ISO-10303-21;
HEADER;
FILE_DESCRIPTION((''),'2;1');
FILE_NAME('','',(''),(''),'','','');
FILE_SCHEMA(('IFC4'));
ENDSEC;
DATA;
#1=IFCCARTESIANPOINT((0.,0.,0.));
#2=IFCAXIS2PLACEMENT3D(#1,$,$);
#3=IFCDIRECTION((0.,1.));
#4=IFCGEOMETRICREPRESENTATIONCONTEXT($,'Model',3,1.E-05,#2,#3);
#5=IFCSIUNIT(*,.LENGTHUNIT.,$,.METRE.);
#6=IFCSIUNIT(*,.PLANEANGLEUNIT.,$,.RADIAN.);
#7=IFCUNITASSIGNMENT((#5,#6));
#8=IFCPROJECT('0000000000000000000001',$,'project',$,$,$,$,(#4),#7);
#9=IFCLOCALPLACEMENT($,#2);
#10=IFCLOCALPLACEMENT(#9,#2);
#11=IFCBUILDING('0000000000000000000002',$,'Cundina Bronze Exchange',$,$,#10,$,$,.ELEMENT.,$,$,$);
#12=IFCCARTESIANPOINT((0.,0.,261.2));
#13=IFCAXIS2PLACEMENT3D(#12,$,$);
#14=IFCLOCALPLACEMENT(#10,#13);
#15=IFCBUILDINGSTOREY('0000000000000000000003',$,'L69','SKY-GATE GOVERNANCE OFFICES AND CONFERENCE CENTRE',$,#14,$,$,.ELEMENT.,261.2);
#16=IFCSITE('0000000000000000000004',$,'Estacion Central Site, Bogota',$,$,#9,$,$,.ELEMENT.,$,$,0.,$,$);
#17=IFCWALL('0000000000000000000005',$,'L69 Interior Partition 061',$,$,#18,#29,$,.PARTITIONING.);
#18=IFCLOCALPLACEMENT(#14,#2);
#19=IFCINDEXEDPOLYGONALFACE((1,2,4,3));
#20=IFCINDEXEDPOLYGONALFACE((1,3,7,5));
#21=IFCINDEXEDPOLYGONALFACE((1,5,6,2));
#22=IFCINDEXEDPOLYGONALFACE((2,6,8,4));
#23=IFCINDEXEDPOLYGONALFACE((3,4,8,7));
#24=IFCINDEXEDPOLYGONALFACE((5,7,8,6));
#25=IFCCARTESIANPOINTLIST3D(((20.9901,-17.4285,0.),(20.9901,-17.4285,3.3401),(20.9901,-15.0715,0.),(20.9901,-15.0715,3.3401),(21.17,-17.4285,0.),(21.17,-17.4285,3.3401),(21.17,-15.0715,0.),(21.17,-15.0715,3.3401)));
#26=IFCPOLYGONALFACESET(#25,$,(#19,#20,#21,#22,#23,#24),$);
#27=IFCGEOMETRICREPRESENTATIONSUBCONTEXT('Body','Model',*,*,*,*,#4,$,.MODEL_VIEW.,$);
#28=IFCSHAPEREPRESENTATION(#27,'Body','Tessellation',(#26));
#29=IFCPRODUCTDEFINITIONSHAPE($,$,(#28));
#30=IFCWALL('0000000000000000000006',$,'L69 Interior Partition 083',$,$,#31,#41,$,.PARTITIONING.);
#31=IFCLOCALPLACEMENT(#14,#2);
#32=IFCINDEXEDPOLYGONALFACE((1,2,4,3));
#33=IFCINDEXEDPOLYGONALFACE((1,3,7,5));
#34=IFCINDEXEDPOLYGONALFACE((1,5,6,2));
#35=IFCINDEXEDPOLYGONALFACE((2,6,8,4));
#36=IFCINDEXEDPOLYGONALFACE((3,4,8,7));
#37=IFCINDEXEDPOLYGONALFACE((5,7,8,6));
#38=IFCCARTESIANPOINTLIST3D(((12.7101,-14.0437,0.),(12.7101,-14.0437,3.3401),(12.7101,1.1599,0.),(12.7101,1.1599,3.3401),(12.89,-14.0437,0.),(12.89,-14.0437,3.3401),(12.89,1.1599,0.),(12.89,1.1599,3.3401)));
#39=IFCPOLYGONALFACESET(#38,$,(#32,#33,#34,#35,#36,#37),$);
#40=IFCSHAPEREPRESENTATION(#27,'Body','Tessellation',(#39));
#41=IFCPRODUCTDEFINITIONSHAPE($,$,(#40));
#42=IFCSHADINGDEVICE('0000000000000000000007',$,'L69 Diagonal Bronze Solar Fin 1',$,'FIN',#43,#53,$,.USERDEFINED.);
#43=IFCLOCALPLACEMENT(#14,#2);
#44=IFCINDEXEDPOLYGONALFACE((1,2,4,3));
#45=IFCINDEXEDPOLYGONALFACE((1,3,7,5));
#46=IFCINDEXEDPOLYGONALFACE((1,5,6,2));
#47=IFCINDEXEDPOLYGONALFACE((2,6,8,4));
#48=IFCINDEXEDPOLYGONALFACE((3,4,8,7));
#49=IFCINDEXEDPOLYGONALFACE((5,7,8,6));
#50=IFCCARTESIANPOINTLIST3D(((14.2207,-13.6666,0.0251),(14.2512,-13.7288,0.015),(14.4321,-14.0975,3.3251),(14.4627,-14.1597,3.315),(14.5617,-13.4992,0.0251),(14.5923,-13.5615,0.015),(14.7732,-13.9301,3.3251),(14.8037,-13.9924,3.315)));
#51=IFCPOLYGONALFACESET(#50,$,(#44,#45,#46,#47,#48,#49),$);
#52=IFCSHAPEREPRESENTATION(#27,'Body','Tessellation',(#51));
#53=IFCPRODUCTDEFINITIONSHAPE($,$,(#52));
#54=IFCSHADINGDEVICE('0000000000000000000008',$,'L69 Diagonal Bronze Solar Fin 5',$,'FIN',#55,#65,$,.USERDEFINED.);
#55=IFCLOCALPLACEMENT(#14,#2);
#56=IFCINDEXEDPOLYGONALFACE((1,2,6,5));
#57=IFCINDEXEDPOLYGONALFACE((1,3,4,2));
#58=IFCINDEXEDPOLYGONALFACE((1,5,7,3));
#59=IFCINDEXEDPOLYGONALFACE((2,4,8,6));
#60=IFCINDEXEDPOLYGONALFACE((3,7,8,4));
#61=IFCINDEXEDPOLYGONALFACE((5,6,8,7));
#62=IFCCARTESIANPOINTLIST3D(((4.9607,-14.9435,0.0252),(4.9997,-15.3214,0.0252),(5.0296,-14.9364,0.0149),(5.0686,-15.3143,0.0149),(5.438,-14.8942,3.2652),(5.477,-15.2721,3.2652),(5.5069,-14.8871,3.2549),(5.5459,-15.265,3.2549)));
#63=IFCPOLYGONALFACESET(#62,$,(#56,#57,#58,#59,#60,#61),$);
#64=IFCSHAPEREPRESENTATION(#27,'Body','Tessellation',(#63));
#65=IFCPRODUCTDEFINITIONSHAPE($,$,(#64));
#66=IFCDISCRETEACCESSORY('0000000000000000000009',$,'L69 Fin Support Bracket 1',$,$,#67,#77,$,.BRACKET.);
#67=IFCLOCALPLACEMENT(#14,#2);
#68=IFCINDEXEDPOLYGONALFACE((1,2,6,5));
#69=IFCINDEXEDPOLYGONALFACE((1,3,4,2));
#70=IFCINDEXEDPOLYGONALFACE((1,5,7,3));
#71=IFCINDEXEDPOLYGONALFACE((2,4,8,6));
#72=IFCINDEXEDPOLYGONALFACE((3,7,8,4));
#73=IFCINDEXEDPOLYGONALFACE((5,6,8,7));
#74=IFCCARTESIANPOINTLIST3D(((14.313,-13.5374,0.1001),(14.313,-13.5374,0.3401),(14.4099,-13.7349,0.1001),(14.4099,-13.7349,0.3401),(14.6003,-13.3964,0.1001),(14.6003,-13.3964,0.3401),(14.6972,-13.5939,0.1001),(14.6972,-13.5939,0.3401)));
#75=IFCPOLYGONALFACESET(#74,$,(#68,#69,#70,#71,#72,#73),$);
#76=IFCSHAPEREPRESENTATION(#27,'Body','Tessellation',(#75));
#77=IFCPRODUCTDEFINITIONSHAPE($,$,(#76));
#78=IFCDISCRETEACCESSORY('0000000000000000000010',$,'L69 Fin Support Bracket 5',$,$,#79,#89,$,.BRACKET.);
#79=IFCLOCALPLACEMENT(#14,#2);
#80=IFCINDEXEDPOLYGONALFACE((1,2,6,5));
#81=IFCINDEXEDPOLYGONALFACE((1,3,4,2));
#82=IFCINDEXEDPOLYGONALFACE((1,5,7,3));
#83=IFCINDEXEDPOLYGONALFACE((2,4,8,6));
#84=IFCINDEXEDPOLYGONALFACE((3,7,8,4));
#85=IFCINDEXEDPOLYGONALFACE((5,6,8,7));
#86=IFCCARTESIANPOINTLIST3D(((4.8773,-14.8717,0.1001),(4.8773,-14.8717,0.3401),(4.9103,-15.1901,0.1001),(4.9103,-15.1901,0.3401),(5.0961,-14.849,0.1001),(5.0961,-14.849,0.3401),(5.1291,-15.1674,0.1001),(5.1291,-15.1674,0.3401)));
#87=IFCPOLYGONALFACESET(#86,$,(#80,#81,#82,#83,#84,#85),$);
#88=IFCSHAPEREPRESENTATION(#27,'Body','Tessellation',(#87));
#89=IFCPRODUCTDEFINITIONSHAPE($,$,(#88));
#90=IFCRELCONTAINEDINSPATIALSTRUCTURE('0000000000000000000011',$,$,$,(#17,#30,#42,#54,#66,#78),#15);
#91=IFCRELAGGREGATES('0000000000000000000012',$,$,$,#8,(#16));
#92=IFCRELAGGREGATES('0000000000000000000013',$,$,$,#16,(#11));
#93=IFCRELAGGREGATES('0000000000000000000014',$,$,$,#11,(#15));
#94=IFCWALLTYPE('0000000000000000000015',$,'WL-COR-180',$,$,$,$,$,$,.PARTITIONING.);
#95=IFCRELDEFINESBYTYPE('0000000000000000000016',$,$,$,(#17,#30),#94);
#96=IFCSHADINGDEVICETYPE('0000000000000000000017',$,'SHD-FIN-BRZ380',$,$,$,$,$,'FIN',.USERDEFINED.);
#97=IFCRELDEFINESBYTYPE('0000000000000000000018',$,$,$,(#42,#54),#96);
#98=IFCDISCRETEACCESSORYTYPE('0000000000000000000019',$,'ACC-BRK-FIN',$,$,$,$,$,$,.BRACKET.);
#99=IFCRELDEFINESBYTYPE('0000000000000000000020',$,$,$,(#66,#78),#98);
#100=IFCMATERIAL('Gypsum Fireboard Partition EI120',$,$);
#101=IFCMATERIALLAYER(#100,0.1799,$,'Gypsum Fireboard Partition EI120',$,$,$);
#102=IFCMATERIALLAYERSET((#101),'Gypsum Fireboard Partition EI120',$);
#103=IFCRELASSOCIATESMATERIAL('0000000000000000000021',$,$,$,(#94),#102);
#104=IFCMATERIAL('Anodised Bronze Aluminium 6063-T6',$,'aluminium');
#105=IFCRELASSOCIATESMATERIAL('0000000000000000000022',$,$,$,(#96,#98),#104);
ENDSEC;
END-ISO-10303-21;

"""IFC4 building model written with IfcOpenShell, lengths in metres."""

from ifc_helpers import new_model, si_unit, direction, frame, frame_2d, origin, origin_2d, place, context, subcontext, project, spatial, rectangle, extrude, material, layer, layer_set, material_profile, profile_set, type_object, element, save


model = new_model("IFC4")

# Units and contexts
model_context = context("Model", 3, precision=1e-05, world=origin(), true_north=direction((0.0, 1.0)))
body_context = subcontext(model_context, "Body", "Model", "MODEL_VIEW")
ifc_project = project(units=[si_unit("LENGTHUNIT", "METRE"), si_unit("PLANEANGLEUNIT", "RADIAN")], contexts=[model_context])

# Site, building, storey
site_placement = place(None, origin())
site = spatial("IfcSite", under=ifc_project, at=site_placement, Name="Estacion Central Site, Bogota", CompositionType="ELEMENT", RefElevation=0.0)
building_placement = place(site_placement, origin())
building = spatial("IfcBuilding", under=site, at=building_placement, Name="Cundina Bronze Exchange", CompositionType="ELEMENT")
storey_placement = place(building_placement, frame((0.0, 0.0, 261.2)))
storey = spatial("IfcBuildingStorey", under=building, at=storey_placement, Name="L69", Description="SKY-GATE GOVERNANCE OFFICES AND CONFERENCE CENTRE", CompositionType="ELEMENT", Elevation=261.2)

# Shared definitions
ifc_material_1 = material(Name="Anodised Bronze Aluminium 6063-T6", Category="aluminium")

# Walls
ifc_material_2 = material(Name="Gypsum Fireboard Partition EI120")
ifc_layer_1 = layer(ifc_material_2, 0.1799, Name="Gypsum Fireboard Partition EI120")
ifc_layer_set_1 = layer_set([ifc_layer_1], Name="Gypsum Fireboard Partition EI120")
wall_type = type_object("IfcWallType", Name="WL-COR-180", PredefinedType="PARTITIONING", material=ifc_layer_set_1)
wall_1_placement = place(storey_placement, frame((21.0801, -15.0715, 0.0), z_axis=(0.0, 0.0, 1.0), x_axis=(0.0, -1.0, 0.0)))
element("IfcWall", 1, at=wall_1_placement, inside=storey, type_object=wall_type, Name="L69 Interior Partition 061", PredefinedType="PARTITIONING", context=body_context, shape_type="SweptSolid", body=[
    extrude(rectangle(XDim=2.3569, YDim=0.1799, at=frame_2d((1.1785, 0.0))), origin(), (0.0, 0.0, 1.0), 3.3401),
])
wall_2_placement = place(storey_placement, frame((12.8, -14.0437, 0.0), z_axis=(0.0, 0.0, 1.0), x_axis=(0.0, 1.0, 0.0)))
element("IfcWall", 2, at=wall_2_placement, inside=storey, type_object=wall_type, Name="L69 Interior Partition 083", PredefinedType="PARTITIONING", context=body_context, shape_type="SweptSolid", body=[
    extrude(rectangle(XDim=15.2036, YDim=0.1799, at=frame_2d((7.6018, 0.0))), origin(), (0.0, 0.0, 1.0), 3.3401),
])

# Shading devices
ifc_material_profile_1 = material_profile(ifc_material_1, rectangle(XDim=0.0701, YDim=0.3799, at=origin_2d()), Name="FIN70X380", Category="aluminium")
ifc_profile_set_1 = profile_set([ifc_material_profile_1], Name="Anodised Bronze Aluminium 6063-T6")
shading_device_type = type_object("IfcShadingDeviceType", Name="SHD-FIN-BRZ380", ElementType="FIN", PredefinedType="USERDEFINED", material=ifc_profile_set_1)
shading_device_1_placement = place(storey_placement, frame((14.4065, -13.614, 0.02), z_axis=(0.0634, -0.129217, 0.989588), x_axis=(-0.4359, 0.888411, 0.143932)))
element("IfcShadingDevice", 3, at=shading_device_1_placement, inside=storey, type_object=shading_device_type, Name="L69 Diagonal Bronze Solar Fin 1", ObjectType="FIN", PredefinedType="USERDEFINED", context=body_context, shape_type="SweptSolid", body=[
    extrude(rectangle(XDim=0.0701, YDim=0.3799, at=origin_2d()), origin(), (0.0, 0.0, 1.0), 3.3347),
])
shading_device_2_placement = place(storey_placement, frame((5.0146, -15.1289, 0.02), z_axis=(0.145724, 0.015057, 0.989211), x_axis=(-0.983972, -0.101669, 0.1465)))
element("IfcShadingDevice", 4, at=shading_device_2_placement, inside=storey, type_object=shading_device_type, Name="L69 Diagonal Bronze Solar Fin 5", ObjectType="FIN", PredefinedType="USERDEFINED", context=body_context, shape_type="SweptSolid", body=[
    extrude(rectangle(XDim=0.0701, YDim=0.3799, at=origin_2d()), origin(), (0.0, 0.0, 1.0), 3.2754),
])

# Discrete accessories
discrete_accessory_type = type_object("IfcDiscreteAccessoryType", Name="ACC-BRK-FIN", PredefinedType="BRACKET", material=ifc_material_1)
for number, where, z_axis, x_axis, name in (
    (5, (14.5051, -13.5657, 0.1001), (0.0, 0.0, 1.0), (0.440503, -0.897751, 0.0), "L69 Fin Support Bracket 1"),
    (6, (5.0032, -15.0195, 0.1001), (0.0, 0.0, 1.0), (0.994672, 0.103088, 0.0), "L69 Fin Support Bracket 5"),
):
    element("IfcDiscreteAccessory", number, at=place(storey_placement, frame(where, z_axis=z_axis, x_axis=x_axis)), inside=storey, type_object=discrete_accessory_type, Name=name, PredefinedType="BRACKET", context=body_context, shape_type="SweptSolid", body=[
        extrude(rectangle(XDim=0.22, YDim=0.3201, at=origin_2d()), origin(), (0.0, 0.0, 1.0), 0.24),
    ])

save(model, "model.ifc")
